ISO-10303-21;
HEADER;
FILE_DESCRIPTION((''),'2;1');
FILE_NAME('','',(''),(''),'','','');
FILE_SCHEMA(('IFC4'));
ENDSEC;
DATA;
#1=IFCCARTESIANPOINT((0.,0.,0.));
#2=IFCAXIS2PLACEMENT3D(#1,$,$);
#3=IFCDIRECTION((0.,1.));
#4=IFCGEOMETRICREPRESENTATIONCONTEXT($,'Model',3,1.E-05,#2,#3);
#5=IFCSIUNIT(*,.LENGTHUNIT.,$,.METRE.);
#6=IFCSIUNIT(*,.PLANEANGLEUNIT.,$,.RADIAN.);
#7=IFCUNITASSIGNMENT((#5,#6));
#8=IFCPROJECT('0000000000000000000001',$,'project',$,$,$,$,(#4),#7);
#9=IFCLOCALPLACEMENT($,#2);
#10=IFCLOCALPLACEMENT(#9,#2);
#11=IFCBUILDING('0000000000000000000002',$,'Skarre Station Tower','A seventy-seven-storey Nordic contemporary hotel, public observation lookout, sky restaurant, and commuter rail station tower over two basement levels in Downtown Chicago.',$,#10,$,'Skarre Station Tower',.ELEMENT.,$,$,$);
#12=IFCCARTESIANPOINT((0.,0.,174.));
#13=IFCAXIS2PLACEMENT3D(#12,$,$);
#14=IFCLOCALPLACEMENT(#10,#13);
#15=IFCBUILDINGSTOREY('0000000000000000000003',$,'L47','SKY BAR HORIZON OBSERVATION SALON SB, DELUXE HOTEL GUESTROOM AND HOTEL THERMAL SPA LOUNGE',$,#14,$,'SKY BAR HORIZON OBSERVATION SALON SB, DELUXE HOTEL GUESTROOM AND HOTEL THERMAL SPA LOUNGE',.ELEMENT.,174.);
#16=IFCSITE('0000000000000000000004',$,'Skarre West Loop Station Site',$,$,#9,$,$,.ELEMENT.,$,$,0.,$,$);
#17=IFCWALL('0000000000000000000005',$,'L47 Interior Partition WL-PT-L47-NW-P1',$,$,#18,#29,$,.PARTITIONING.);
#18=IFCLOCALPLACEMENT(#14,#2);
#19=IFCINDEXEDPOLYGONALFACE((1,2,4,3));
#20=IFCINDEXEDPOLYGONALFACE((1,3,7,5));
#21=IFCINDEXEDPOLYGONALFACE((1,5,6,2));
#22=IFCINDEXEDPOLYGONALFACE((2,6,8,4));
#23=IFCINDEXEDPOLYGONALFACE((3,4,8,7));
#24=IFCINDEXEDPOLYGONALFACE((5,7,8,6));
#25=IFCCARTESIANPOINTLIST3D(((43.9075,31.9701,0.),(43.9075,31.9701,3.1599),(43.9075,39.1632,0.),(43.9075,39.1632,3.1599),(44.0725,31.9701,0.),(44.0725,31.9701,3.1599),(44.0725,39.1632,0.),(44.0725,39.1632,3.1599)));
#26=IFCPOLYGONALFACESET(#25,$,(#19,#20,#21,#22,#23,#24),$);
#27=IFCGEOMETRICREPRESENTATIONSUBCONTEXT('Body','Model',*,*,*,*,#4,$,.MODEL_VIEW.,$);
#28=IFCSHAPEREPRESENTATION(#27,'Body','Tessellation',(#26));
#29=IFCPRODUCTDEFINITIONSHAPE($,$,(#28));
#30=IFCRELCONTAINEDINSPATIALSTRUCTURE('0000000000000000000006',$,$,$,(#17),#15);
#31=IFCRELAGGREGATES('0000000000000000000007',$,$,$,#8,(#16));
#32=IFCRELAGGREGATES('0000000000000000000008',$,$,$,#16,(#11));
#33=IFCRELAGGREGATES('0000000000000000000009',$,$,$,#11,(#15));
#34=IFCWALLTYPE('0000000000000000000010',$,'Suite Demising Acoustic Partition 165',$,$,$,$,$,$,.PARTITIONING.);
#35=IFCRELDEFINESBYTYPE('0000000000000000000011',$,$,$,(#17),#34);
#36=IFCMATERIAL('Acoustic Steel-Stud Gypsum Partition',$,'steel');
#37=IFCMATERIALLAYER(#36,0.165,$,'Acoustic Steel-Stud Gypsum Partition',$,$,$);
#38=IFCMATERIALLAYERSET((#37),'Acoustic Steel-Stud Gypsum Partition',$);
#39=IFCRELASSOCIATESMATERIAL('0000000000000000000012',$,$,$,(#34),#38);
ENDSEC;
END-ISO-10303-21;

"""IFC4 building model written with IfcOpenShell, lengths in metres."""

from ifc_helpers import new_model, si_unit, direction, frame, frame_2d, origin, place, context, subcontext, project, spatial, rectangle, extrude, material, layer, layer_set, type_object, element, save


model = new_model("IFC4")

# Units and contexts
model_context = context("Model", 3, precision=1e-05, world=origin(), true_north=direction((0.0, 1.0)))
body_context = subcontext(model_context, "Body", "Model", "MODEL_VIEW")
ifc_project = project(units=[si_unit("LENGTHUNIT", "METRE"), si_unit("PLANEANGLEUNIT", "RADIAN")], contexts=[model_context])

# Site, building, storey
site_placement = place(None, origin())
site = spatial("IfcSite", under=ifc_project, at=site_placement, Name="Skarre West Loop Station Site", CompositionType="ELEMENT", RefElevation=0.0)
building_placement = place(site_placement, origin())
building = spatial("IfcBuilding", under=site, at=building_placement, Name="Skarre Station Tower", Description="A seventy-seven-storey Nordic contemporary hotel, public observation lookout, sky restaurant, and commuter rail station tower over two basement levels in Downtown Chicago.", LongName="Skarre Station Tower", CompositionType="ELEMENT")
storey_placement = place(building_placement, frame((0.0, 0.0, 174.0)))
storey = spatial("IfcBuildingStorey", under=building, at=storey_placement, Name="L47", Description="SKY BAR HORIZON OBSERVATION SALON SB, DELUXE HOTEL GUESTROOM AND HOTEL THERMAL SPA LOUNGE", LongName="SKY BAR HORIZON OBSERVATION SALON SB, DELUXE HOTEL GUESTROOM AND HOTEL THERMAL SPA LOUNGE", CompositionType="ELEMENT", Elevation=174.0)

# Shared definitions
ifc_material_1 = material(Name="Acoustic Steel-Stud Gypsum Partition", Category="steel")

# Wall
ifc_layer_1 = layer(ifc_material_1, 0.165, Name="Acoustic Steel-Stud Gypsum Partition")
ifc_layer_set_1 = layer_set([ifc_layer_1], Name="Acoustic Steel-Stud Gypsum Partition")
wall_type_1 = type_object("IfcWallType", Name="Suite Demising Acoustic Partition 165", PredefinedType="PARTITIONING", material=ifc_layer_set_1)
wall_1_placement = place(storey_placement, frame((43.99, 31.97, 0.0), z_axis=(0.0, 0.0, 1.0), x_axis=(0.0, 1.0, 0.0)))
element("IfcWall", 1, at=wall_1_placement, inside=storey, type_object=wall_type_1, Name="L47 Interior Partition WL-PT-L47-NW-P1", PredefinedType="PARTITIONING", context=body_context, shape_type="SweptSolid", body=[
    extrude(rectangle(XDim=7.1931, YDim=0.165, at=frame_2d((3.5967, 0.0))), origin(), (0.0, 0.0, 1.0), 3.1599),
])

save(model, "model.ifc")
